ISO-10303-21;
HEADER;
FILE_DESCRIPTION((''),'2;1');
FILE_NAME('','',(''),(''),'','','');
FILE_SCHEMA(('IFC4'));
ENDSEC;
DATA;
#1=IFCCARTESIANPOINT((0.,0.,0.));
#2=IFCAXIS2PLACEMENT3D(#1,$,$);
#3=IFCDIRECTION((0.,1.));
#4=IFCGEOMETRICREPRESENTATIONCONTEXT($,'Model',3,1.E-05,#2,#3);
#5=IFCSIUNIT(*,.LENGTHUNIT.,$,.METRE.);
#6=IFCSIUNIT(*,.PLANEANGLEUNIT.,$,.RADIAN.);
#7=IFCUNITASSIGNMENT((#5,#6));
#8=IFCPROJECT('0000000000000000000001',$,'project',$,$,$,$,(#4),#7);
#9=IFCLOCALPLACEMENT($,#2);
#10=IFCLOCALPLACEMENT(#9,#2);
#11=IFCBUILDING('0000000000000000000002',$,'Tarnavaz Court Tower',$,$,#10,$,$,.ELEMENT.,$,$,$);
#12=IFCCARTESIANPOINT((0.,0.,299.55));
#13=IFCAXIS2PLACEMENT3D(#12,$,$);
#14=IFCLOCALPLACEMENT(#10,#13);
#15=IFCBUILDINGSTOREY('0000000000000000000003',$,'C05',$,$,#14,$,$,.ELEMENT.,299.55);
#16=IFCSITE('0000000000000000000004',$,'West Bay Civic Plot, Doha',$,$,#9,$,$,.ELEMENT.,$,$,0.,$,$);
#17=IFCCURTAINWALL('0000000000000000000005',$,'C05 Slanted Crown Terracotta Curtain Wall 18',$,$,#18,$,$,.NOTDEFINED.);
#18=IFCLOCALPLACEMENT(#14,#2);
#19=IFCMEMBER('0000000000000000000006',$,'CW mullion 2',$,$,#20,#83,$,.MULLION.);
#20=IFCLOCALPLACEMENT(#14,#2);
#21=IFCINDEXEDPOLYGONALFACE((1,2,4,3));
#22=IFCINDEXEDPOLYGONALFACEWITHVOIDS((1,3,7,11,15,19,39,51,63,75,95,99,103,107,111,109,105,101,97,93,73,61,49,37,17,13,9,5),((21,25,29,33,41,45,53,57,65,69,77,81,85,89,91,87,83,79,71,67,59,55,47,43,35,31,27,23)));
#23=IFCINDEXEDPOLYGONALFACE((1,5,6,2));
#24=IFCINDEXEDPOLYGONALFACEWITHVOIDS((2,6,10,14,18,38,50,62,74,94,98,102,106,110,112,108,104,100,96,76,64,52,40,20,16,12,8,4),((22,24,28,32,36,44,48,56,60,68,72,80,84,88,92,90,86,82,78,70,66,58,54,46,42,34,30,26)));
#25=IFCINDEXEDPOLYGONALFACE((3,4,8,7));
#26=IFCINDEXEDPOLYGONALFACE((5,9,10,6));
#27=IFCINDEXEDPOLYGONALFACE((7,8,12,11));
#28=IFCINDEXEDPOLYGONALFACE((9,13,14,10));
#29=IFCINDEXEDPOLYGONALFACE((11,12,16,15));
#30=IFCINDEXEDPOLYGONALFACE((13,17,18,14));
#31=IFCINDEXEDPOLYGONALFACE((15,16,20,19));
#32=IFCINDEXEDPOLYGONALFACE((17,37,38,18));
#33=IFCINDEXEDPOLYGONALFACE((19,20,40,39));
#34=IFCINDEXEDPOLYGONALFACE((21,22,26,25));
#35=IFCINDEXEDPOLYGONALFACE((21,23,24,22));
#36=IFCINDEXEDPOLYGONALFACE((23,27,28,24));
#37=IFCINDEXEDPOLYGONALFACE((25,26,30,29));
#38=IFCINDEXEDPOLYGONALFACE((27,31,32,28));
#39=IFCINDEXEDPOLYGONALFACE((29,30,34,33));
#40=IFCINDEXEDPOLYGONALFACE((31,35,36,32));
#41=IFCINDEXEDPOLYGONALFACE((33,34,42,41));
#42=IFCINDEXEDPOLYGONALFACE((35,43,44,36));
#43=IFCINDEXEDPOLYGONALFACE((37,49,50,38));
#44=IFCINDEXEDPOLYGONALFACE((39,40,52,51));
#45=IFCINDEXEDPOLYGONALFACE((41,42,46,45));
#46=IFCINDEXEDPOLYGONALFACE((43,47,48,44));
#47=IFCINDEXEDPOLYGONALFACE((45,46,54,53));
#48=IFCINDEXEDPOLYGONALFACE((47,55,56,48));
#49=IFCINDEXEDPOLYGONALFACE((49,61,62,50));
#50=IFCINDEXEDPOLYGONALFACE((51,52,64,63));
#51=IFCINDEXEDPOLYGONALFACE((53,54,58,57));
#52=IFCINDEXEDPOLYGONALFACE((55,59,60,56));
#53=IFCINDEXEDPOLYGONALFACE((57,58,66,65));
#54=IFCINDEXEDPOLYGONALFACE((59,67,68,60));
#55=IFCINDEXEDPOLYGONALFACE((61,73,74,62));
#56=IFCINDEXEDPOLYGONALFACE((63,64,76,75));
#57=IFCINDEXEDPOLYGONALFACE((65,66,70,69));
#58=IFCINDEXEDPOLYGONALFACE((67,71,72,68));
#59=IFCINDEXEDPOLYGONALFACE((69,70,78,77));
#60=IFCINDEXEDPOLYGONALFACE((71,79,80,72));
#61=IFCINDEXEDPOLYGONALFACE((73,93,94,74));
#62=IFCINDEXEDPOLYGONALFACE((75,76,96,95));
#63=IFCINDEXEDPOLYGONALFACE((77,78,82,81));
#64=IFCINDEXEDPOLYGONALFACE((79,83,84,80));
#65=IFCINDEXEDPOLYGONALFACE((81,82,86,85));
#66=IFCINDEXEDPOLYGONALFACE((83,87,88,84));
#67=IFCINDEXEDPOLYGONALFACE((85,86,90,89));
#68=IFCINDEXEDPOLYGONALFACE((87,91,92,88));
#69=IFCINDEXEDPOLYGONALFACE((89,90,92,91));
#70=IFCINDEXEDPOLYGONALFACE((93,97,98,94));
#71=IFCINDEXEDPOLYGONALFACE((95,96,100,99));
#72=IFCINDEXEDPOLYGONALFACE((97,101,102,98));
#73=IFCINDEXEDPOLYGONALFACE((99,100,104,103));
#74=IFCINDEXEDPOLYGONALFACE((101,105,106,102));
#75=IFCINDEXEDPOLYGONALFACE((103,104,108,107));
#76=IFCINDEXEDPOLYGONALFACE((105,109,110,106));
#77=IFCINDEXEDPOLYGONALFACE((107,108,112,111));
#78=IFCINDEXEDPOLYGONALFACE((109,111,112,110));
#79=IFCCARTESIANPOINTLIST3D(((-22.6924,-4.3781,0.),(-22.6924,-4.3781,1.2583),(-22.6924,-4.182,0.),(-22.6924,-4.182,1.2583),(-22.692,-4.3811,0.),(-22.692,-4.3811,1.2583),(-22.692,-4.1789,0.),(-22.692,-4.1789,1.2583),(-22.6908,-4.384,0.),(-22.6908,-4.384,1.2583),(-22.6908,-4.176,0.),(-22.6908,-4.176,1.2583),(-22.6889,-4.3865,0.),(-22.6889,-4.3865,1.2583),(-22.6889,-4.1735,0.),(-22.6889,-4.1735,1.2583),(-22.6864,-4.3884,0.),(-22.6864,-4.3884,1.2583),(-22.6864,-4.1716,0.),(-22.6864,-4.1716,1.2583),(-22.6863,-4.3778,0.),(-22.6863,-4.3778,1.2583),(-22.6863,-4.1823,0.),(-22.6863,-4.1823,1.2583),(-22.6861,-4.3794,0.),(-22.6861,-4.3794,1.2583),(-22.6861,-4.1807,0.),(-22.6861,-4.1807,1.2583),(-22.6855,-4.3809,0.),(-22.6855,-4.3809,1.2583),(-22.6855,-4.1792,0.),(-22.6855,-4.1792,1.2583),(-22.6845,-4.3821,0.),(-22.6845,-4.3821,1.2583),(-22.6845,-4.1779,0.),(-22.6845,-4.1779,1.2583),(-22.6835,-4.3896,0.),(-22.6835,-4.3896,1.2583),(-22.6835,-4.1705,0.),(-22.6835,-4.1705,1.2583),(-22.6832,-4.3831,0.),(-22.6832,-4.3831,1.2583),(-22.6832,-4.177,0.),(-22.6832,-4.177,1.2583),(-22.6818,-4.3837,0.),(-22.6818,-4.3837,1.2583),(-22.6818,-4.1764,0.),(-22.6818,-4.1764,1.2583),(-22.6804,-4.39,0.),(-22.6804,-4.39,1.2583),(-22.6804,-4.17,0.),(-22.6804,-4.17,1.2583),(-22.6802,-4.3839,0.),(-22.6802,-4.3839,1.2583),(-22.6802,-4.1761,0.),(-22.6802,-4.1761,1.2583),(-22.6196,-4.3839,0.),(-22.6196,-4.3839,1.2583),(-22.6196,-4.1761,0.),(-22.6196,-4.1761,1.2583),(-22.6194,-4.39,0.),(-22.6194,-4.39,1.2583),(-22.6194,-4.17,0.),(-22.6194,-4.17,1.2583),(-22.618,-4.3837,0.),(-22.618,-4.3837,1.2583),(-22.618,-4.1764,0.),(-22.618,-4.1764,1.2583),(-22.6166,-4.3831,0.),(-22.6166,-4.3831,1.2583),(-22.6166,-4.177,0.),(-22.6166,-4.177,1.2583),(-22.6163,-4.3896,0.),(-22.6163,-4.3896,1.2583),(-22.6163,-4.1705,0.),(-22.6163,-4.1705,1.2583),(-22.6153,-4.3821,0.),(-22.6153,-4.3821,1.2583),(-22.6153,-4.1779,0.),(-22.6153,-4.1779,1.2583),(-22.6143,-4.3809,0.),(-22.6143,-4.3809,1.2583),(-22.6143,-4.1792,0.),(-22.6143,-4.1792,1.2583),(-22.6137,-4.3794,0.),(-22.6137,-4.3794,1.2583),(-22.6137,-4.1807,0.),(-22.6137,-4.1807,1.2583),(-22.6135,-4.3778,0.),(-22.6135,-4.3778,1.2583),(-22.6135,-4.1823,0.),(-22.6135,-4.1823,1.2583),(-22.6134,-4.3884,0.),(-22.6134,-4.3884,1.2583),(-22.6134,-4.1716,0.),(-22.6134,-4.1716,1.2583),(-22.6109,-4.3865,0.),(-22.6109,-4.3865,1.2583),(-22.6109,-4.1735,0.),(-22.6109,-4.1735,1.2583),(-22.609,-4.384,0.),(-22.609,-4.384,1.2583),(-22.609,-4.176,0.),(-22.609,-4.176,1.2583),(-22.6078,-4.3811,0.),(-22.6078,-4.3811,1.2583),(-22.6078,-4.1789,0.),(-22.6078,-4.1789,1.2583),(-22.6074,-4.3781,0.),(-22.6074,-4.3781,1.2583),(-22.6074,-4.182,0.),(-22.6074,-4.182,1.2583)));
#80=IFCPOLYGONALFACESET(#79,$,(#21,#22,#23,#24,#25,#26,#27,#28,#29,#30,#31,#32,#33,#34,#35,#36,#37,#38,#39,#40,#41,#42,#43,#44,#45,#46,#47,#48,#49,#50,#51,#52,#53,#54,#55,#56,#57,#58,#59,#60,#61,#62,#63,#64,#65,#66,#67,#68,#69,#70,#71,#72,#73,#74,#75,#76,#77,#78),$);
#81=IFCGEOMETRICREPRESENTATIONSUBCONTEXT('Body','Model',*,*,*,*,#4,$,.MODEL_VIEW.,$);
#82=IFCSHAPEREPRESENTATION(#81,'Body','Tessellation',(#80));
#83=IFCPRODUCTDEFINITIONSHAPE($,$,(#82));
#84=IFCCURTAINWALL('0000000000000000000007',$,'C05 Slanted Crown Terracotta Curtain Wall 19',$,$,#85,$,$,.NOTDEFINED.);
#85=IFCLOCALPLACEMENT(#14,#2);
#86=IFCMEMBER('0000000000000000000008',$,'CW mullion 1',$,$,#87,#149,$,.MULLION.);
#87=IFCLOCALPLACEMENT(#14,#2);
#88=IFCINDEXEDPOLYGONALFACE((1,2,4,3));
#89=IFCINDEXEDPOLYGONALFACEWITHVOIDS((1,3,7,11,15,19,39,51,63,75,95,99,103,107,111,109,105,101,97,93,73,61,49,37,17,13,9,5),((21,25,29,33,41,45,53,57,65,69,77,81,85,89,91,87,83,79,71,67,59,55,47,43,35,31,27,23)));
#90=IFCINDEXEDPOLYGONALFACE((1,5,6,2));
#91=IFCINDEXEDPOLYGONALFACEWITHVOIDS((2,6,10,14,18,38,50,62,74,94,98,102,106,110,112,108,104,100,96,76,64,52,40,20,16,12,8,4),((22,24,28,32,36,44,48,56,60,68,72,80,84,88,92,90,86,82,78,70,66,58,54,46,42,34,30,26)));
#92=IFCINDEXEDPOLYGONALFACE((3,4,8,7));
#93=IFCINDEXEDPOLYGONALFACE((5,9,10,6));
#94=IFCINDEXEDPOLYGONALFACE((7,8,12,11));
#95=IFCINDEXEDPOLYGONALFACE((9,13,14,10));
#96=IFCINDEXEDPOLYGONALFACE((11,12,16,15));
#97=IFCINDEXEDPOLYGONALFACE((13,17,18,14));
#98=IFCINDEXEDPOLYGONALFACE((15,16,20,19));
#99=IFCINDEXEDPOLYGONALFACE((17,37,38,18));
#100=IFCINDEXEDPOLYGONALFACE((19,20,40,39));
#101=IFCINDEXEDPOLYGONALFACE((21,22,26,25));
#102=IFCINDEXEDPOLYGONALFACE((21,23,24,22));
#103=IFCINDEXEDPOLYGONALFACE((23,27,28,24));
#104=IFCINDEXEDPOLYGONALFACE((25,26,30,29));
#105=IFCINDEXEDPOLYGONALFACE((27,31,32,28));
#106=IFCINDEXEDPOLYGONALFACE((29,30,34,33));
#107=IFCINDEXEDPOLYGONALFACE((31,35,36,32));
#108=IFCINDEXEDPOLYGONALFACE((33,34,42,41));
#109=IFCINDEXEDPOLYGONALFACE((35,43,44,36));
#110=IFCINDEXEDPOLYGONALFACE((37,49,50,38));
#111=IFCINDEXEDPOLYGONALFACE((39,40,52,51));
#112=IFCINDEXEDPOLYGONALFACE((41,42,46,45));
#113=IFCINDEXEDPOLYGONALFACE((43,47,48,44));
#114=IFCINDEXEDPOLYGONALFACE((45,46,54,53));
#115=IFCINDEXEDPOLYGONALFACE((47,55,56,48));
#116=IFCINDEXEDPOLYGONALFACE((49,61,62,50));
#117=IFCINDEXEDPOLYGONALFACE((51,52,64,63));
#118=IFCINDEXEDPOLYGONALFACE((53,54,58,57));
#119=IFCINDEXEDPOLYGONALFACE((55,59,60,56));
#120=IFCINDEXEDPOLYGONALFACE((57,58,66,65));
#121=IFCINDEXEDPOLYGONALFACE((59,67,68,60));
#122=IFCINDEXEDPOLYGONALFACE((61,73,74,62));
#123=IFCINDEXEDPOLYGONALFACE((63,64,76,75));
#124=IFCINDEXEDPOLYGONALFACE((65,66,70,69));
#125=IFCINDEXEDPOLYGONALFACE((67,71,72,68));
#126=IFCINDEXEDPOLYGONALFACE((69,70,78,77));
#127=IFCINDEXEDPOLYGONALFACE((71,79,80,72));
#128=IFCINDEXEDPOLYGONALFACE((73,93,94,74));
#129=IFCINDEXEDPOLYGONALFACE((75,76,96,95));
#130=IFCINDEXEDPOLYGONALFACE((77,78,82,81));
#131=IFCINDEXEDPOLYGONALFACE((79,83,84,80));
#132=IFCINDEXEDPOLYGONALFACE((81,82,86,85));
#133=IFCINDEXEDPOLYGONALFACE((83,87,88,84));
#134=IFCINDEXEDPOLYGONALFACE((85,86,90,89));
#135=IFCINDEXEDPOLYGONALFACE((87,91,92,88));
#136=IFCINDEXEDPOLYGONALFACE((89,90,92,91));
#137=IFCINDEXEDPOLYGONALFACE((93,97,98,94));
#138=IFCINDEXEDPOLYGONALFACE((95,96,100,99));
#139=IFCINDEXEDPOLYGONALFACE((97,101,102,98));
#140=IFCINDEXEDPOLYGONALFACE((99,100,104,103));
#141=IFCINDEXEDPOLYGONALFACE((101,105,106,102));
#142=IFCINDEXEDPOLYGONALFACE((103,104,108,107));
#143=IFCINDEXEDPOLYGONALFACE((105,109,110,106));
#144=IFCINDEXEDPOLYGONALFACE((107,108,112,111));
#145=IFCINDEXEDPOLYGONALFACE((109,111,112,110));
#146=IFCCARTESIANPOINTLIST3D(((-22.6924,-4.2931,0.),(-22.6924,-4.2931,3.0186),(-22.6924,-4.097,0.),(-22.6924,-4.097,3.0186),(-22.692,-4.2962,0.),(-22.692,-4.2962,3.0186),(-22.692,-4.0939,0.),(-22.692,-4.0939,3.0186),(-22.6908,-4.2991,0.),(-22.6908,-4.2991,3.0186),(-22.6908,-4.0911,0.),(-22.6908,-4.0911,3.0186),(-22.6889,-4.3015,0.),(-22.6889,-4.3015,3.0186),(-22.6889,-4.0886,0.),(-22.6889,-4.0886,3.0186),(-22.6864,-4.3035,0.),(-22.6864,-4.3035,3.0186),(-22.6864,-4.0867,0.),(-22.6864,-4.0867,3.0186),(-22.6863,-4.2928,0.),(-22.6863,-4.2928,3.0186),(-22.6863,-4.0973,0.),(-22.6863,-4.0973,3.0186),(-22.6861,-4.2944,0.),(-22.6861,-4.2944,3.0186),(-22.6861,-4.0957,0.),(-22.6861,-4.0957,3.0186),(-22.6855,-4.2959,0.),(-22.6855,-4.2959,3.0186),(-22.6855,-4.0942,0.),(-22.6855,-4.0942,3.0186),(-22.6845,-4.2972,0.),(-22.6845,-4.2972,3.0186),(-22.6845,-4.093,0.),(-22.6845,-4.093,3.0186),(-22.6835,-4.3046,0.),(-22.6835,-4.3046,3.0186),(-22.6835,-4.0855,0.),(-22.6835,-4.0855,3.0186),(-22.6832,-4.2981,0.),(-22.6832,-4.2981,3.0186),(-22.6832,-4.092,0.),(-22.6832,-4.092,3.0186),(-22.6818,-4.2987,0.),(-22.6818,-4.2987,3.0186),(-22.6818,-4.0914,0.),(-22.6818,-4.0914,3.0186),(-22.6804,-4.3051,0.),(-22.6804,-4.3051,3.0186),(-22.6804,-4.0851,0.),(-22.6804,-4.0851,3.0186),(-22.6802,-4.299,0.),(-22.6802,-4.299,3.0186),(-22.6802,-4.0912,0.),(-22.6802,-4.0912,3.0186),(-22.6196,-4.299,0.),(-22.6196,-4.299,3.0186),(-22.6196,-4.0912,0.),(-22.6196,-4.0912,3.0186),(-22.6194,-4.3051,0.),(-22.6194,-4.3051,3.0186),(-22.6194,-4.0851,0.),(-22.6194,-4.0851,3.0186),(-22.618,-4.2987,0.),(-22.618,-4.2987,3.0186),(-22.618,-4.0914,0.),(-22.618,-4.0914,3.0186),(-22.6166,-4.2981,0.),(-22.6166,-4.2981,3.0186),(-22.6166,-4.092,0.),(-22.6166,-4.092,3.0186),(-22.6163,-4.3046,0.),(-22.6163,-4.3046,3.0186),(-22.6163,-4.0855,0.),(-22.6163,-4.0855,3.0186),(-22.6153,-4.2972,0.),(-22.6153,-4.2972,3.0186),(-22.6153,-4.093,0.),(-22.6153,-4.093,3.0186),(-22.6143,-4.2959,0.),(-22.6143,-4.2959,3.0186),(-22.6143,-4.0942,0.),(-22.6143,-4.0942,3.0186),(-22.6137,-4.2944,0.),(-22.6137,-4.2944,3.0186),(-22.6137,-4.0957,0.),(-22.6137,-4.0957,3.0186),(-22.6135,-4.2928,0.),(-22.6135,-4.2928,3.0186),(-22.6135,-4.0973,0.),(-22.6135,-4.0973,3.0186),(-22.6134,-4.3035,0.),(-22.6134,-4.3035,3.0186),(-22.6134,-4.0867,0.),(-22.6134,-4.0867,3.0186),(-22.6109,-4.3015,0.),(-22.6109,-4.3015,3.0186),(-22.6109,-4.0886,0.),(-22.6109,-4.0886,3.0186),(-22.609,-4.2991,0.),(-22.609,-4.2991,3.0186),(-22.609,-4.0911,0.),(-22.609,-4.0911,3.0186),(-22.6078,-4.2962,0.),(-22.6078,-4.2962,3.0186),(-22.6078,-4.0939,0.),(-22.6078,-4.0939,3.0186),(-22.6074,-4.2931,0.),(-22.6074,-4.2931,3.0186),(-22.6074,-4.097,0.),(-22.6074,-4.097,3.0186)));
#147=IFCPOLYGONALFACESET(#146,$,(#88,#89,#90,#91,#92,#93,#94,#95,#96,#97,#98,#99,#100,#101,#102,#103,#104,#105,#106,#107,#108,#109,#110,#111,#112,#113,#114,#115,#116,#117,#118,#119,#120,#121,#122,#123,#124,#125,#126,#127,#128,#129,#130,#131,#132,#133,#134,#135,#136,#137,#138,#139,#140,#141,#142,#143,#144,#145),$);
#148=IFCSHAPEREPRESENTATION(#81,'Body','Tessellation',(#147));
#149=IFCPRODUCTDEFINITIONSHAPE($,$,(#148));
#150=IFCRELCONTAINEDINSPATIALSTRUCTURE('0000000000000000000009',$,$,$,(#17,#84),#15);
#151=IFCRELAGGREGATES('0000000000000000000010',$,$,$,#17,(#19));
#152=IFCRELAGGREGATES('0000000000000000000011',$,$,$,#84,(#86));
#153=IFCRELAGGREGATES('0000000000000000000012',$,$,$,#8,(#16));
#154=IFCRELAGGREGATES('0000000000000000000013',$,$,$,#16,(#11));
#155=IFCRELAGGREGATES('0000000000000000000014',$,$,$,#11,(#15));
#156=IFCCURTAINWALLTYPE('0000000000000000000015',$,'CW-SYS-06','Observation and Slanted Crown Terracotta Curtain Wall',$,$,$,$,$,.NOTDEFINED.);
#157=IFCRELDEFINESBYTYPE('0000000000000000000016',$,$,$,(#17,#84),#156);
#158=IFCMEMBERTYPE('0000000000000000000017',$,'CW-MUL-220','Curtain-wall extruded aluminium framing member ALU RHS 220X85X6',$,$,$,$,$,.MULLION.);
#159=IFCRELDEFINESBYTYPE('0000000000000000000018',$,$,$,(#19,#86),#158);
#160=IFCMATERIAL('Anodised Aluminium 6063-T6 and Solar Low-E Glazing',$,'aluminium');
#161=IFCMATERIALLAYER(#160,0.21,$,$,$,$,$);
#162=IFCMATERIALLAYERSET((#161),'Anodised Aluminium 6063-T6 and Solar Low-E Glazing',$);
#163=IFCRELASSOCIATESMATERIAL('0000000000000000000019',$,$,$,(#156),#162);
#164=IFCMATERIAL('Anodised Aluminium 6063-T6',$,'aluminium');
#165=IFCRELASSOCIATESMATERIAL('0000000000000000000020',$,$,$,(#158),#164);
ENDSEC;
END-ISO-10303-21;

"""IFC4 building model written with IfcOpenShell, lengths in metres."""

from ifc_helpers import new_model, si_unit, direction, frame, origin, origin_2d, place, context, subcontext, project, spatial, hollow_rectangle, extrude, material, layer, layer_set, material_profile, profile_set, type_object, element, aggregate, save


model = new_model("IFC4")

# Units and contexts
model_context = context("Model", 3, precision=1e-05, world=origin(), true_north=direction((0.0, 1.0)))
body_context = subcontext(model_context, "Body", "Model", "MODEL_VIEW")
ifc_project = project(units=[si_unit("LENGTHUNIT", "METRE"), si_unit("PLANEANGLEUNIT", "RADIAN")], contexts=[model_context])

# Site, building, storey
site_placement = place(None, origin())
site = spatial("IfcSite", under=ifc_project, at=site_placement, Name="West Bay Civic Plot, Doha", CompositionType="ELEMENT", RefElevation=0.0)
building_placement = place(site_placement, origin())
building = spatial("IfcBuilding", under=site, at=building_placement, Name="Tarnavaz Court Tower", CompositionType="ELEMENT")
storey_placement = place(building_placement, frame((0.0, 0.0, 299.55)))
storey = spatial("IfcBuildingStorey", under=building, at=storey_placement, Name="C05", CompositionType="ELEMENT", Elevation=299.55)

# Curtain walls, members
ifc_material_1 = material(Name="Anodised Aluminium 6063-T6 and Solar Low-E Glazing", Category="aluminium")
ifc_layer_1 = layer(ifc_material_1, 0.21)
ifc_layer_set_1 = layer_set([ifc_layer_1], Name="Anodised Aluminium 6063-T6 and Solar Low-E Glazing")
curtain_wall_type = type_object("IfcCurtainWallType", Name="CW-SYS-06", Description="Observation and Slanted Crown Terracotta Curtain Wall", PredefinedType="NOTDEFINED", material=ifc_layer_set_1)
curtain_wall_1_placement = place(storey_placement, origin())
curtain_wall_1 = element("IfcCurtainWall", 1, at=curtain_wall_1_placement, inside=storey, type_object=curtain_wall_type, Name="C05 Slanted Crown Terracotta Curtain Wall 18", PredefinedType="NOTDEFINED")
ifc_material_2 = material(Name="Anodised Aluminium 6063-T6", Category="aluminium")
ifc_material_profile_1 = material_profile(ifc_material_2, hollow_rectangle(XDim=0.085, YDim=0.22, WallThickness=0.0061, InnerFilletRadius=0.0061, OuterFilletRadius=0.012, at=origin_2d()), Name="ALU RHS 220X85X6")
ifc_profile_set_1 = profile_set([ifc_material_profile_1], Name="Anodised Aluminium 6063-T6")
member_type_1 = type_object("IfcMemberType", Name="CW-MUL-220", Description="Curtain-wall extruded aluminium framing member ALU RHS 220X85X6", PredefinedType="MULLION", material=ifc_profile_set_1)
member_1_placement = place(storey_placement, frame((-22.6499, -4.28, 0.0), z_axis=(0.0, 0.0, 1.0), x_axis=(-1.0, 0.0, 0.0)))
member_1 = element("IfcMember", 2, at=member_1_placement, type_object=member_type_1, Name="CW mullion 2", PredefinedType="MULLION", context=body_context, shape_type="SweptSolid", body=[
    extrude(hollow_rectangle(XDim=0.085, YDim=0.22, WallThickness=0.0061, InnerFilletRadius=0.0061, OuterFilletRadius=0.012, at=origin_2d()), origin(), (0.0, 0.0, 1.0), 1.2583),
])
curtain_wall_2_placement = place(storey_placement, origin())
curtain_wall_2 = element("IfcCurtainWall", 3, at=curtain_wall_2_placement, inside=storey, type_object=curtain_wall_type, Name="C05 Slanted Crown Terracotta Curtain Wall 19", PredefinedType="NOTDEFINED")
member_2_placement = place(storey_placement, frame((-22.6499, -4.1951, 0.0), z_axis=(0.0, 0.0, 1.0), x_axis=(-1.0, 0.0, 0.0)))
member_2 = element("IfcMember", 4, at=member_2_placement, type_object=member_type_1, Name="CW mullion 1", PredefinedType="MULLION", context=body_context, shape_type="SweptSolid", body=[
    extrude(hollow_rectangle(XDim=0.085, YDim=0.22, WallThickness=0.0061, InnerFilletRadius=0.0061, OuterFilletRadius=0.012, at=origin_2d()), origin(), (0.0, 0.0, 1.0), 3.0186),
])

aggregate(curtain_wall_1, [member_1])
aggregate(curtain_wall_2, [member_2])

save(model, "model.ifc")
